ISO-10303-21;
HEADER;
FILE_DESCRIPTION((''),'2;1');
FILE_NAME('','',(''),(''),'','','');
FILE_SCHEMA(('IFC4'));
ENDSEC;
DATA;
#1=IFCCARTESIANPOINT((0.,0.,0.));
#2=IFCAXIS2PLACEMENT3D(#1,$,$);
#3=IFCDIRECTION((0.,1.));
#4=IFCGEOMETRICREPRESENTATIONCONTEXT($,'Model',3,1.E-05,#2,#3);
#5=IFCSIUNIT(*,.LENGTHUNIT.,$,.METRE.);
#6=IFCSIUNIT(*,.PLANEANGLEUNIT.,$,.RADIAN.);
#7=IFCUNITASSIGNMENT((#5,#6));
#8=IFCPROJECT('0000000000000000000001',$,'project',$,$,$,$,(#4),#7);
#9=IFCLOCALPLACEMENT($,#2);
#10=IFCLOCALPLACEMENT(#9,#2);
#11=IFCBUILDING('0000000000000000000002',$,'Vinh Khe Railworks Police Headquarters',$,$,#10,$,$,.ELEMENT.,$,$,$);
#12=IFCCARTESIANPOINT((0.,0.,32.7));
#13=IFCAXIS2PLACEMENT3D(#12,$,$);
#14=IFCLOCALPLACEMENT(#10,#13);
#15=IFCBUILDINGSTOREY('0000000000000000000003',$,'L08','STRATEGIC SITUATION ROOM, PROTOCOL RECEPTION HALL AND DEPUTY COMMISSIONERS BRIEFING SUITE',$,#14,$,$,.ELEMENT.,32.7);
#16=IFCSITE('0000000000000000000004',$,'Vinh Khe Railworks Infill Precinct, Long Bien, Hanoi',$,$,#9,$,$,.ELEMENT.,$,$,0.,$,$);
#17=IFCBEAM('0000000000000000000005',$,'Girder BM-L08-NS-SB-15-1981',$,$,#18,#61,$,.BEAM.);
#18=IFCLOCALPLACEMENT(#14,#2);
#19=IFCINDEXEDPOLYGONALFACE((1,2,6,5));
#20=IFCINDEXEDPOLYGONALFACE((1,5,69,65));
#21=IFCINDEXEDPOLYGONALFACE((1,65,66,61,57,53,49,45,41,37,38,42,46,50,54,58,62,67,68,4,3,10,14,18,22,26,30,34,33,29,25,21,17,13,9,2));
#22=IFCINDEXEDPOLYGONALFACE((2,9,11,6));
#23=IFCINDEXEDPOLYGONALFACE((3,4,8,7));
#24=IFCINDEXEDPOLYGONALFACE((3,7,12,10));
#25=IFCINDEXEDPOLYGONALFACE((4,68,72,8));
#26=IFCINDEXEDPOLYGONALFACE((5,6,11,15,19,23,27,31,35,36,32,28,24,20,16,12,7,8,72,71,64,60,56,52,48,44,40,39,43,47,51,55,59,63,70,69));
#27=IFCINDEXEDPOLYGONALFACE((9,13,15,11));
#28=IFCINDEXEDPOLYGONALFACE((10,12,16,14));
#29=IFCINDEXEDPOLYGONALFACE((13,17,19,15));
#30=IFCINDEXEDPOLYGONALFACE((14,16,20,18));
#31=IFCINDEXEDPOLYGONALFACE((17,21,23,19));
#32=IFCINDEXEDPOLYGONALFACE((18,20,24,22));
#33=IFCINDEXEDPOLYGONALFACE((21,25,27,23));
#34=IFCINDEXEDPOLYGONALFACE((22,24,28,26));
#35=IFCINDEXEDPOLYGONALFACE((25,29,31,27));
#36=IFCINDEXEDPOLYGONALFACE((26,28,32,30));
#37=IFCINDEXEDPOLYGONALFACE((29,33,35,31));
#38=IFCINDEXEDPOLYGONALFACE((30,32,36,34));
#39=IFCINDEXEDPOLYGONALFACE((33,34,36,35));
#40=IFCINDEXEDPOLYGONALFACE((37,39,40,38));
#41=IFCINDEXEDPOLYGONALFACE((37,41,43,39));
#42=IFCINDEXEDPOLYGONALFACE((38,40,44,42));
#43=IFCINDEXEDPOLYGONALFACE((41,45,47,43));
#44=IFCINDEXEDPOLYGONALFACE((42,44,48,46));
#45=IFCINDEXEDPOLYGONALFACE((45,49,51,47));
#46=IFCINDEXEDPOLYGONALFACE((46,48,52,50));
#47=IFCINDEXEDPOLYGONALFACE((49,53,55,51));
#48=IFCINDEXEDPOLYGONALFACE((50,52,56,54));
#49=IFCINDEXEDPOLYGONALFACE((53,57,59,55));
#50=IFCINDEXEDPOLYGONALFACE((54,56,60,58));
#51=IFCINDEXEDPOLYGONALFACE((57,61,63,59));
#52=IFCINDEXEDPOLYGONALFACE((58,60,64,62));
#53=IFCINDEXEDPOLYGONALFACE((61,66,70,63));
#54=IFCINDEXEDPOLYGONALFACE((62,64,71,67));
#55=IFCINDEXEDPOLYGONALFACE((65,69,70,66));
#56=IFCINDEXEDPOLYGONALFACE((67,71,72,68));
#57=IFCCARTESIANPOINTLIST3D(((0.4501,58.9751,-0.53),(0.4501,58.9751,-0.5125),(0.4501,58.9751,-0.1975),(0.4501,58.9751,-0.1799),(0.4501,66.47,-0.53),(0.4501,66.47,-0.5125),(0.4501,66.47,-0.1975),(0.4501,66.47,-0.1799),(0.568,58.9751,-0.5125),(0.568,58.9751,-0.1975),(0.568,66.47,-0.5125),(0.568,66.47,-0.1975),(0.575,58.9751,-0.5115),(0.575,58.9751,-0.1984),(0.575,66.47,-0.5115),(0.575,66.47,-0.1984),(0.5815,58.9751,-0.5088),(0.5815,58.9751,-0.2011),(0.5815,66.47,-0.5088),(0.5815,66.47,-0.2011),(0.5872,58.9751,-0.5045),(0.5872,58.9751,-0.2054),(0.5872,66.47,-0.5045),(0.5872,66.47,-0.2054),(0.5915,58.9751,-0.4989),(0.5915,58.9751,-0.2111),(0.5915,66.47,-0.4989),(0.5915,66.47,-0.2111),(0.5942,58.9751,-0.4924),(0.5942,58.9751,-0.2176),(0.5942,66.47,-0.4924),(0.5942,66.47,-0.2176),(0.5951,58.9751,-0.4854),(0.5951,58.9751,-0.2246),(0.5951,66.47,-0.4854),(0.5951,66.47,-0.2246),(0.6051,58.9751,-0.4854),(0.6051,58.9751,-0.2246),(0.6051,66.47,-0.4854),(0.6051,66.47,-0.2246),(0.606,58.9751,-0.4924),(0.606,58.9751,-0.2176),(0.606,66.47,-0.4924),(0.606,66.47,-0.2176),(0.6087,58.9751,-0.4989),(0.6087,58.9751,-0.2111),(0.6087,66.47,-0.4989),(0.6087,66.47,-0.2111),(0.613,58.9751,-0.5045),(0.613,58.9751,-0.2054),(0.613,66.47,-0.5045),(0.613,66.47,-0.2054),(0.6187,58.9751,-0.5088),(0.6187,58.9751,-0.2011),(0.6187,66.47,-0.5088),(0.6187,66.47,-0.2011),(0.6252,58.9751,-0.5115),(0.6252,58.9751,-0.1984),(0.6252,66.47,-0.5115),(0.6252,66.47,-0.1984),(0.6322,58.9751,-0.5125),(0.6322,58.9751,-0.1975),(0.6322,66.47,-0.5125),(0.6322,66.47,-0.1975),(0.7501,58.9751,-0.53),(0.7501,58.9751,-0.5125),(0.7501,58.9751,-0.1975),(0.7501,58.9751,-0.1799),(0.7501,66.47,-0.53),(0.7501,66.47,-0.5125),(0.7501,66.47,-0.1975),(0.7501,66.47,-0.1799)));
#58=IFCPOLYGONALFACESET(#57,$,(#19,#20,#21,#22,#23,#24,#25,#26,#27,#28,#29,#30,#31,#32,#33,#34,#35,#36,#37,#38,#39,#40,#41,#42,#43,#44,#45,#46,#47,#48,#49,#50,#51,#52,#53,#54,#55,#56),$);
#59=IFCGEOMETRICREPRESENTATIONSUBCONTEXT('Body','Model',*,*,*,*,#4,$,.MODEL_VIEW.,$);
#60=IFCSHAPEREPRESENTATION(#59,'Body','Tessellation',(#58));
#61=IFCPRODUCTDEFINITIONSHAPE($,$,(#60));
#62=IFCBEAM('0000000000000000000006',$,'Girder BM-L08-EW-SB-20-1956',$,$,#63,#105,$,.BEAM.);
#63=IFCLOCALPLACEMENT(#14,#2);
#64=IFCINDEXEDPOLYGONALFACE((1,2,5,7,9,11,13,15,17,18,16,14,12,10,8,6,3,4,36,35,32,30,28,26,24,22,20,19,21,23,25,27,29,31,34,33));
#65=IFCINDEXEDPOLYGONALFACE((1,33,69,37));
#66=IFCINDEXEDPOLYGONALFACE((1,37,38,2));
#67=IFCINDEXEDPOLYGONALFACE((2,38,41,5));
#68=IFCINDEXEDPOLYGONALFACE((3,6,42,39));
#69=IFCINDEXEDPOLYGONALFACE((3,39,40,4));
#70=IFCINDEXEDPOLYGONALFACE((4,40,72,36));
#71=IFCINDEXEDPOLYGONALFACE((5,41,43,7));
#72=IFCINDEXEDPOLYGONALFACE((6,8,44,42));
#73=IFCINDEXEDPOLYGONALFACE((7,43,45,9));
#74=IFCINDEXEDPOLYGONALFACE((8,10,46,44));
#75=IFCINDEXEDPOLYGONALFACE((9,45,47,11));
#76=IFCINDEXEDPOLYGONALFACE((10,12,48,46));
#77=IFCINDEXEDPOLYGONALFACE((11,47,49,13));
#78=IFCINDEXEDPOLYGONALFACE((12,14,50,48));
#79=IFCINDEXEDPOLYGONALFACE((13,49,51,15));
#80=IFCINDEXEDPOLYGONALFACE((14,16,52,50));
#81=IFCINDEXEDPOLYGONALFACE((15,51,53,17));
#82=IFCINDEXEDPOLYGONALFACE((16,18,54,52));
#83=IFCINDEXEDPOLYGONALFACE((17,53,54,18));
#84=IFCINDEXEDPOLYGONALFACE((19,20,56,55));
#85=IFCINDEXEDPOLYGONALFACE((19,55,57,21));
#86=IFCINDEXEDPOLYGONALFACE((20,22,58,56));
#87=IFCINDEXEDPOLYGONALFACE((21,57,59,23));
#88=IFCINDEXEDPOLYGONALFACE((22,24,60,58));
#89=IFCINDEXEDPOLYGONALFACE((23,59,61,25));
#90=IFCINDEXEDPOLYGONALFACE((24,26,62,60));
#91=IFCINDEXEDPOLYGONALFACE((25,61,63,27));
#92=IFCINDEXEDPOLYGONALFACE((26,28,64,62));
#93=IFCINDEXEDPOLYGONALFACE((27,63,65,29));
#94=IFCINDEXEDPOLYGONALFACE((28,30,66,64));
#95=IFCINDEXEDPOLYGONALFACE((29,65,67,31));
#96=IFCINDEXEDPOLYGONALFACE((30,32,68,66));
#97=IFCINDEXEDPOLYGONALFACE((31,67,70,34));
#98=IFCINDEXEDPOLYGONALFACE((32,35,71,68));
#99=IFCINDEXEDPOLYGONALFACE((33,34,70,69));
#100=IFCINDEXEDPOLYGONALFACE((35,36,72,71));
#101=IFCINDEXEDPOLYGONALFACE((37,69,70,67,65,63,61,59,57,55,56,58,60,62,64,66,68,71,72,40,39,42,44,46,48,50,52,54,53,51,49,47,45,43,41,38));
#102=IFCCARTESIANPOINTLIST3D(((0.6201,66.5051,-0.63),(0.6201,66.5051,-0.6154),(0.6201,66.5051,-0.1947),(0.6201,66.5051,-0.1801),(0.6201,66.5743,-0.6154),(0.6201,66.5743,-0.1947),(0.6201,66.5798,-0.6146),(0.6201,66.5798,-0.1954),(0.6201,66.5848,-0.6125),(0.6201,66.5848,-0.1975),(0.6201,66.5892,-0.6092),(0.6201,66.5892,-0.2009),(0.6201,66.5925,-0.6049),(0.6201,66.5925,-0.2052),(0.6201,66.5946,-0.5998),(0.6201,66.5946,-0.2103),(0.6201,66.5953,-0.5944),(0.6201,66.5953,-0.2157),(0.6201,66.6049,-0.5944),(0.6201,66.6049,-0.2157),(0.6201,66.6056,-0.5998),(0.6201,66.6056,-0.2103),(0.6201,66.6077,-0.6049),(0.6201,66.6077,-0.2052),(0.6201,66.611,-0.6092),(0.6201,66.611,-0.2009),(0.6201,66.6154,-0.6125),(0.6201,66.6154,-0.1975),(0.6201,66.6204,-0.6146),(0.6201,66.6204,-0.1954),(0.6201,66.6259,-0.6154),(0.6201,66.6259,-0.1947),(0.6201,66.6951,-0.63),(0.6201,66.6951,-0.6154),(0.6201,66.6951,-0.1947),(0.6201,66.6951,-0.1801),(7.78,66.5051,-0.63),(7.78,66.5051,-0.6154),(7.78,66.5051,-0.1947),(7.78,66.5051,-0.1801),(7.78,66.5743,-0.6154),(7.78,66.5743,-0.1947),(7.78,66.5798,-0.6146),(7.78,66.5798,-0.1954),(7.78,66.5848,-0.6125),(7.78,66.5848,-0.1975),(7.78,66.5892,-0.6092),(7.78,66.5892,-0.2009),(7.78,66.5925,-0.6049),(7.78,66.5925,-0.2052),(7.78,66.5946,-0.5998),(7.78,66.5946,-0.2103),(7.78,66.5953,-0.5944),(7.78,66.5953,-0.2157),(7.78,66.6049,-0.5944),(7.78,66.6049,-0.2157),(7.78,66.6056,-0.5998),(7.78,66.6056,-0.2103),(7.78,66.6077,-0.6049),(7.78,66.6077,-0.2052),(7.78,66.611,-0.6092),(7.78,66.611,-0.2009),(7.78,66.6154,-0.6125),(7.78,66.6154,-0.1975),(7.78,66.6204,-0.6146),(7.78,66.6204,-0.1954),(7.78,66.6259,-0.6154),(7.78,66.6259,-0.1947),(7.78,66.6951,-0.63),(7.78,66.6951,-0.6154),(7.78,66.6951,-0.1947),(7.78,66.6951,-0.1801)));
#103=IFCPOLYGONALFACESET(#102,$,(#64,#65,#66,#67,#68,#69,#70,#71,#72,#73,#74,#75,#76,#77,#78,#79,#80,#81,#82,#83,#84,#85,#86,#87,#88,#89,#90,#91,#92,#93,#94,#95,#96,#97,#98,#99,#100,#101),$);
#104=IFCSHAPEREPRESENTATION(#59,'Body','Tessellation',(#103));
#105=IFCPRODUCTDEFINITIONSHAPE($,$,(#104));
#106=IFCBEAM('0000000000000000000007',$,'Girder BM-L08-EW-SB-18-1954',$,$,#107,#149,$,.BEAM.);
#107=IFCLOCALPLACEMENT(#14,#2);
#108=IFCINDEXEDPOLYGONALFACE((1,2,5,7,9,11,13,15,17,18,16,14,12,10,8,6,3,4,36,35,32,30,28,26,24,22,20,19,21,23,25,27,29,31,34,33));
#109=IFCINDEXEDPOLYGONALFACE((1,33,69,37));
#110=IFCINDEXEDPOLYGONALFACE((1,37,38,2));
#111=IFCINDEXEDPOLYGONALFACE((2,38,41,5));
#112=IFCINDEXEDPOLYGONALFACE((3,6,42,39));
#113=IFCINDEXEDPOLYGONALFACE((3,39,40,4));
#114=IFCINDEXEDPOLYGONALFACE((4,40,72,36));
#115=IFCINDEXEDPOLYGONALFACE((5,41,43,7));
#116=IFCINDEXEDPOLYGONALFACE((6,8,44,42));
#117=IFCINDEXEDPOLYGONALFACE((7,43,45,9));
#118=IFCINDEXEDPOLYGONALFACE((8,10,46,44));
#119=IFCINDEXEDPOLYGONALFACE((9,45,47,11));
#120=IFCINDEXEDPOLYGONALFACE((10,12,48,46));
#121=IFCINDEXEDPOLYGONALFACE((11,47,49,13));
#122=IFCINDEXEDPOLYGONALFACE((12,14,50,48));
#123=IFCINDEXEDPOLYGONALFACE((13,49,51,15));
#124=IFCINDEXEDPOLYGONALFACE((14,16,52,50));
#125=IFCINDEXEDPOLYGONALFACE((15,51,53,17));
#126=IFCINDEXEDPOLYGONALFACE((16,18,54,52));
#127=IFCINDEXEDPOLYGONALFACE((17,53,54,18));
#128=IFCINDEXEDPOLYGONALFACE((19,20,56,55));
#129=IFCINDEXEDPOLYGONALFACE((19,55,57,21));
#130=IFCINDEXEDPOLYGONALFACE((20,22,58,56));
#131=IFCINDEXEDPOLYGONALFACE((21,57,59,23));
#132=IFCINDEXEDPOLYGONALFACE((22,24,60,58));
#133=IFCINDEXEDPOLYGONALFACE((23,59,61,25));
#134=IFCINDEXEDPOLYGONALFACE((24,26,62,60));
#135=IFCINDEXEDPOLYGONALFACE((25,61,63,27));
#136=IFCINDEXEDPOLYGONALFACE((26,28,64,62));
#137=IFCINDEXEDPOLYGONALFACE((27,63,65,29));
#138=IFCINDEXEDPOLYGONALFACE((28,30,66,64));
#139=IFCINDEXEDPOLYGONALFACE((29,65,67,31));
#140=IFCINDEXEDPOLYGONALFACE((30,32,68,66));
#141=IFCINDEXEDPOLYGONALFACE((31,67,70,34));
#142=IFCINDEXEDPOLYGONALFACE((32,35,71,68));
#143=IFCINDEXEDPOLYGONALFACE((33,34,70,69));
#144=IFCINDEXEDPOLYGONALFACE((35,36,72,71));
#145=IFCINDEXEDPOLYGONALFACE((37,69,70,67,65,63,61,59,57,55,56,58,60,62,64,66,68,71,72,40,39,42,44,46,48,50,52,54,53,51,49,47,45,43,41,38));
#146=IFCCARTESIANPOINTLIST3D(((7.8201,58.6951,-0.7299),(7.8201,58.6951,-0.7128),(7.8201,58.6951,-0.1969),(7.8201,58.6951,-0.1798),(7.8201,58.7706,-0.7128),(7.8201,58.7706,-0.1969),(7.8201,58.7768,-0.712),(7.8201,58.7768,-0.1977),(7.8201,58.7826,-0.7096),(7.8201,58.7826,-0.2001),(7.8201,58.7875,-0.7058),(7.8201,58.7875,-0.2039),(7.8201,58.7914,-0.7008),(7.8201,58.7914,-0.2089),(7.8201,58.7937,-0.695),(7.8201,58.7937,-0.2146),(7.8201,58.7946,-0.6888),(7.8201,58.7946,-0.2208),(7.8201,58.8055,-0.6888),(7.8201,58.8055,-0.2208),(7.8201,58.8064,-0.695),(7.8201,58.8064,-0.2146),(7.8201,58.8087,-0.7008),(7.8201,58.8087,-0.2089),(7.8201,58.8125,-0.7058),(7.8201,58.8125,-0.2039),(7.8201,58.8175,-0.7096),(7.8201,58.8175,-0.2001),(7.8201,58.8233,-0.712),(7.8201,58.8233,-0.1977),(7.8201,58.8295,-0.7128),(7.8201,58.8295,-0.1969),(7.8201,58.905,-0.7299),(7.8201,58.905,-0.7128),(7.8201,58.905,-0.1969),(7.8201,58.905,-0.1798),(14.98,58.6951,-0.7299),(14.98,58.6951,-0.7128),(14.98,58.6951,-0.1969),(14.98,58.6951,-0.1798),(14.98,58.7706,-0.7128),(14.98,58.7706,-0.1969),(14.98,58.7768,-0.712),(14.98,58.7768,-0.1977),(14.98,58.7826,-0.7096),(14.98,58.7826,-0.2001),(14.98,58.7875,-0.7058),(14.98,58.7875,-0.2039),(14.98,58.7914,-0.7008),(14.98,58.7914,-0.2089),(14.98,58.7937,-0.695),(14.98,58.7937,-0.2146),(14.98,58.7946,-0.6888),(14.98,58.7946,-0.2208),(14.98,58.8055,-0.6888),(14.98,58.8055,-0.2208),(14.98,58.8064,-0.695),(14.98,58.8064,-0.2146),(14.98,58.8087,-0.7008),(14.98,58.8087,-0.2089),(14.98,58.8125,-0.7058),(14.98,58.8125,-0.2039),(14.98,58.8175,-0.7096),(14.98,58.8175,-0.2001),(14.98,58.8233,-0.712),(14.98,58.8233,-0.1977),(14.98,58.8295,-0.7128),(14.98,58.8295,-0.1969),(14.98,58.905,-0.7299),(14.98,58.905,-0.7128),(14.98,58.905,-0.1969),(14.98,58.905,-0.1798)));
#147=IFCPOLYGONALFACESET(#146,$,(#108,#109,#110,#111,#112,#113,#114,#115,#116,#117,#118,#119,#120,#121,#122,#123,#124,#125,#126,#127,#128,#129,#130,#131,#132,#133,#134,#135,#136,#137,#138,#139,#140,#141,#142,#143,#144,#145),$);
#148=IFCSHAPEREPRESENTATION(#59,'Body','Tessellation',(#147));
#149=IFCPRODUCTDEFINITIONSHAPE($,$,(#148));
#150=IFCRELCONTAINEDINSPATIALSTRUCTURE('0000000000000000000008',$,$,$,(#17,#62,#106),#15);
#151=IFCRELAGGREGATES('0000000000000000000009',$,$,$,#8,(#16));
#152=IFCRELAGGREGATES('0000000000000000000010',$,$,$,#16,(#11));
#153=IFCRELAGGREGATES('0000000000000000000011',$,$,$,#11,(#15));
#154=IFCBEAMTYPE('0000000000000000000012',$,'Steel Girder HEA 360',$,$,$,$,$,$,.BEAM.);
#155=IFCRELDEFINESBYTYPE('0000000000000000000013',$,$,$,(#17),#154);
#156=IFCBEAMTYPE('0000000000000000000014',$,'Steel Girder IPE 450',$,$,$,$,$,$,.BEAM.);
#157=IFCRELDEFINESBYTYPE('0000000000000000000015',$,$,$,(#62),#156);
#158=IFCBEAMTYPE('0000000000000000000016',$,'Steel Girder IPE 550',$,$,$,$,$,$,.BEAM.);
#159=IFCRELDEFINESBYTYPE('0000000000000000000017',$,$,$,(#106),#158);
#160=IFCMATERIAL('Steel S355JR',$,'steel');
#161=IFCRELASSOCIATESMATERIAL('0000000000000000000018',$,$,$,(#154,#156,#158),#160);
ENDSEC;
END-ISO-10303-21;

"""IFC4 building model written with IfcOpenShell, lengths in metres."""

from ifc_helpers import new_model, si_unit, direction, frame, origin, origin_2d, place, context, subcontext, project, spatial, i_section, extrude, material, material_profile, profile_set, type_object, element, save


model = new_model("IFC4")

# Units and contexts
model_context = context("Model", 3, precision=1e-05, world=origin(), true_north=direction((0.0, 1.0)))
body_context = subcontext(model_context, "Body", "Model", "MODEL_VIEW")
ifc_project = project(units=[si_unit("LENGTHUNIT", "METRE"), si_unit("PLANEANGLEUNIT", "RADIAN")], contexts=[model_context])

# Site, building, storey
site_placement = place(None, origin())
site = spatial("IfcSite", under=ifc_project, at=site_placement, Name="Vinh Khe Railworks Infill Precinct, Long Bien, Hanoi", CompositionType="ELEMENT", RefElevation=0.0)
building_placement = place(site_placement, origin())
building = spatial("IfcBuilding", under=site, at=building_placement, Name="Vinh Khe Railworks Police Headquarters", CompositionType="ELEMENT")
storey_placement = place(building_placement, frame((0.0, 0.0, 32.7)))
storey = spatial("IfcBuildingStorey", under=building, at=storey_placement, Name="L08", Description="STRATEGIC SITUATION ROOM, PROTOCOL RECEPTION HALL AND DEPUTY COMMISSIONERS BRIEFING SUITE", CompositionType="ELEMENT", Elevation=32.7)

# Shared definitions
ifc_material_1 = material(Name="Steel S355JR", Category="steel")

# Beams
ifc_material_profile_1 = material_profile(ifc_material_1, i_section(OverallWidth=0.3, OverallDepth=0.3501, WebThickness=0.01, FlangeThickness=0.0176, FilletRadius=0.0271, at=origin_2d()), Name="HEA 360")
ifc_profile_set_1 = profile_set([ifc_material_profile_1], Name="Steel S355JR")
beam_type_1 = type_object("IfcBeamType", Name="Steel Girder HEA 360", PredefinedType="BEAM", material=ifc_profile_set_1)
beam_1_placement = place(storey_placement, frame((0.6001, 58.9751, -0.355), z_axis=(0.0, 1.0, 0.0), x_axis=(-1.0, 0.0, 0.0)))
element("IfcBeam", 1, at=beam_1_placement, inside=storey, type_object=beam_type_1, Name="Girder BM-L08-NS-SB-15-1981", PredefinedType="BEAM", context=body_context, shape_type="SweptSolid", body=[
    extrude(i_section(OverallWidth=0.3, OverallDepth=0.3501, WebThickness=0.01, FlangeThickness=0.0176, FilletRadius=0.0271, at=origin_2d()), origin(), (0.0, 0.0, 1.0), 7.4949),
])
ifc_material_profile_2 = material_profile(ifc_material_1, i_section(OverallWidth=0.1899, OverallDepth=0.45, WebThickness=0.0095, FlangeThickness=0.0146, FilletRadius=0.021, at=origin_2d()), Name="IPE 450")
ifc_profile_set_2 = profile_set([ifc_material_profile_2], Name="Steel S355JR")
beam_type_2 = type_object("IfcBeamType", Name="Steel Girder IPE 450", PredefinedType="BEAM", material=ifc_profile_set_2)
beam_2_placement = place(storey_placement, frame((0.6201, 66.6001, -0.405), z_axis=(1.0, 0.0, 0.0), x_axis=(0.0, 1.0, 0.0)))
element("IfcBeam", 2, at=beam_2_placement, inside=storey, type_object=beam_type_2, Name="Girder BM-L08-EW-SB-20-1956", PredefinedType="BEAM", context=body_context, shape_type="SweptSolid", body=[
    extrude(i_section(OverallWidth=0.1899, OverallDepth=0.45, WebThickness=0.0095, FlangeThickness=0.0146, FilletRadius=0.021, at=origin_2d()), origin(), (0.0, 0.0, 1.0), 7.1599),
])
ifc_material_profile_3 = material_profile(ifc_material_1, i_section(OverallWidth=0.21, OverallDepth=0.55, WebThickness=0.011, FlangeThickness=0.0171, FilletRadius=0.0239, at=origin_2d()), Name="IPE 550")
ifc_profile_set_3 = profile_set([ifc_material_profile_3], Name="Steel S355JR")
beam_type_3 = type_object("IfcBeamType", Name="Steel Girder IPE 550", PredefinedType="BEAM", material=ifc_profile_set_3)
beam_3_placement = place(storey_placement, frame((7.8201, 58.8, -0.4548), z_axis=(1.0, 0.0, 0.0), x_axis=(0.0, 1.0, 0.0)))
element("IfcBeam", 3, at=beam_3_placement, inside=storey, type_object=beam_type_3, Name="Girder BM-L08-EW-SB-18-1954", PredefinedType="BEAM", context=body_context, shape_type="SweptSolid", body=[
    extrude(i_section(OverallWidth=0.21, OverallDepth=0.55, WebThickness=0.011, FlangeThickness=0.0171, FilletRadius=0.0239, at=origin_2d()), origin(), (0.0, 0.0, 1.0), 7.1599),
])

save(model, "model.ifc")
